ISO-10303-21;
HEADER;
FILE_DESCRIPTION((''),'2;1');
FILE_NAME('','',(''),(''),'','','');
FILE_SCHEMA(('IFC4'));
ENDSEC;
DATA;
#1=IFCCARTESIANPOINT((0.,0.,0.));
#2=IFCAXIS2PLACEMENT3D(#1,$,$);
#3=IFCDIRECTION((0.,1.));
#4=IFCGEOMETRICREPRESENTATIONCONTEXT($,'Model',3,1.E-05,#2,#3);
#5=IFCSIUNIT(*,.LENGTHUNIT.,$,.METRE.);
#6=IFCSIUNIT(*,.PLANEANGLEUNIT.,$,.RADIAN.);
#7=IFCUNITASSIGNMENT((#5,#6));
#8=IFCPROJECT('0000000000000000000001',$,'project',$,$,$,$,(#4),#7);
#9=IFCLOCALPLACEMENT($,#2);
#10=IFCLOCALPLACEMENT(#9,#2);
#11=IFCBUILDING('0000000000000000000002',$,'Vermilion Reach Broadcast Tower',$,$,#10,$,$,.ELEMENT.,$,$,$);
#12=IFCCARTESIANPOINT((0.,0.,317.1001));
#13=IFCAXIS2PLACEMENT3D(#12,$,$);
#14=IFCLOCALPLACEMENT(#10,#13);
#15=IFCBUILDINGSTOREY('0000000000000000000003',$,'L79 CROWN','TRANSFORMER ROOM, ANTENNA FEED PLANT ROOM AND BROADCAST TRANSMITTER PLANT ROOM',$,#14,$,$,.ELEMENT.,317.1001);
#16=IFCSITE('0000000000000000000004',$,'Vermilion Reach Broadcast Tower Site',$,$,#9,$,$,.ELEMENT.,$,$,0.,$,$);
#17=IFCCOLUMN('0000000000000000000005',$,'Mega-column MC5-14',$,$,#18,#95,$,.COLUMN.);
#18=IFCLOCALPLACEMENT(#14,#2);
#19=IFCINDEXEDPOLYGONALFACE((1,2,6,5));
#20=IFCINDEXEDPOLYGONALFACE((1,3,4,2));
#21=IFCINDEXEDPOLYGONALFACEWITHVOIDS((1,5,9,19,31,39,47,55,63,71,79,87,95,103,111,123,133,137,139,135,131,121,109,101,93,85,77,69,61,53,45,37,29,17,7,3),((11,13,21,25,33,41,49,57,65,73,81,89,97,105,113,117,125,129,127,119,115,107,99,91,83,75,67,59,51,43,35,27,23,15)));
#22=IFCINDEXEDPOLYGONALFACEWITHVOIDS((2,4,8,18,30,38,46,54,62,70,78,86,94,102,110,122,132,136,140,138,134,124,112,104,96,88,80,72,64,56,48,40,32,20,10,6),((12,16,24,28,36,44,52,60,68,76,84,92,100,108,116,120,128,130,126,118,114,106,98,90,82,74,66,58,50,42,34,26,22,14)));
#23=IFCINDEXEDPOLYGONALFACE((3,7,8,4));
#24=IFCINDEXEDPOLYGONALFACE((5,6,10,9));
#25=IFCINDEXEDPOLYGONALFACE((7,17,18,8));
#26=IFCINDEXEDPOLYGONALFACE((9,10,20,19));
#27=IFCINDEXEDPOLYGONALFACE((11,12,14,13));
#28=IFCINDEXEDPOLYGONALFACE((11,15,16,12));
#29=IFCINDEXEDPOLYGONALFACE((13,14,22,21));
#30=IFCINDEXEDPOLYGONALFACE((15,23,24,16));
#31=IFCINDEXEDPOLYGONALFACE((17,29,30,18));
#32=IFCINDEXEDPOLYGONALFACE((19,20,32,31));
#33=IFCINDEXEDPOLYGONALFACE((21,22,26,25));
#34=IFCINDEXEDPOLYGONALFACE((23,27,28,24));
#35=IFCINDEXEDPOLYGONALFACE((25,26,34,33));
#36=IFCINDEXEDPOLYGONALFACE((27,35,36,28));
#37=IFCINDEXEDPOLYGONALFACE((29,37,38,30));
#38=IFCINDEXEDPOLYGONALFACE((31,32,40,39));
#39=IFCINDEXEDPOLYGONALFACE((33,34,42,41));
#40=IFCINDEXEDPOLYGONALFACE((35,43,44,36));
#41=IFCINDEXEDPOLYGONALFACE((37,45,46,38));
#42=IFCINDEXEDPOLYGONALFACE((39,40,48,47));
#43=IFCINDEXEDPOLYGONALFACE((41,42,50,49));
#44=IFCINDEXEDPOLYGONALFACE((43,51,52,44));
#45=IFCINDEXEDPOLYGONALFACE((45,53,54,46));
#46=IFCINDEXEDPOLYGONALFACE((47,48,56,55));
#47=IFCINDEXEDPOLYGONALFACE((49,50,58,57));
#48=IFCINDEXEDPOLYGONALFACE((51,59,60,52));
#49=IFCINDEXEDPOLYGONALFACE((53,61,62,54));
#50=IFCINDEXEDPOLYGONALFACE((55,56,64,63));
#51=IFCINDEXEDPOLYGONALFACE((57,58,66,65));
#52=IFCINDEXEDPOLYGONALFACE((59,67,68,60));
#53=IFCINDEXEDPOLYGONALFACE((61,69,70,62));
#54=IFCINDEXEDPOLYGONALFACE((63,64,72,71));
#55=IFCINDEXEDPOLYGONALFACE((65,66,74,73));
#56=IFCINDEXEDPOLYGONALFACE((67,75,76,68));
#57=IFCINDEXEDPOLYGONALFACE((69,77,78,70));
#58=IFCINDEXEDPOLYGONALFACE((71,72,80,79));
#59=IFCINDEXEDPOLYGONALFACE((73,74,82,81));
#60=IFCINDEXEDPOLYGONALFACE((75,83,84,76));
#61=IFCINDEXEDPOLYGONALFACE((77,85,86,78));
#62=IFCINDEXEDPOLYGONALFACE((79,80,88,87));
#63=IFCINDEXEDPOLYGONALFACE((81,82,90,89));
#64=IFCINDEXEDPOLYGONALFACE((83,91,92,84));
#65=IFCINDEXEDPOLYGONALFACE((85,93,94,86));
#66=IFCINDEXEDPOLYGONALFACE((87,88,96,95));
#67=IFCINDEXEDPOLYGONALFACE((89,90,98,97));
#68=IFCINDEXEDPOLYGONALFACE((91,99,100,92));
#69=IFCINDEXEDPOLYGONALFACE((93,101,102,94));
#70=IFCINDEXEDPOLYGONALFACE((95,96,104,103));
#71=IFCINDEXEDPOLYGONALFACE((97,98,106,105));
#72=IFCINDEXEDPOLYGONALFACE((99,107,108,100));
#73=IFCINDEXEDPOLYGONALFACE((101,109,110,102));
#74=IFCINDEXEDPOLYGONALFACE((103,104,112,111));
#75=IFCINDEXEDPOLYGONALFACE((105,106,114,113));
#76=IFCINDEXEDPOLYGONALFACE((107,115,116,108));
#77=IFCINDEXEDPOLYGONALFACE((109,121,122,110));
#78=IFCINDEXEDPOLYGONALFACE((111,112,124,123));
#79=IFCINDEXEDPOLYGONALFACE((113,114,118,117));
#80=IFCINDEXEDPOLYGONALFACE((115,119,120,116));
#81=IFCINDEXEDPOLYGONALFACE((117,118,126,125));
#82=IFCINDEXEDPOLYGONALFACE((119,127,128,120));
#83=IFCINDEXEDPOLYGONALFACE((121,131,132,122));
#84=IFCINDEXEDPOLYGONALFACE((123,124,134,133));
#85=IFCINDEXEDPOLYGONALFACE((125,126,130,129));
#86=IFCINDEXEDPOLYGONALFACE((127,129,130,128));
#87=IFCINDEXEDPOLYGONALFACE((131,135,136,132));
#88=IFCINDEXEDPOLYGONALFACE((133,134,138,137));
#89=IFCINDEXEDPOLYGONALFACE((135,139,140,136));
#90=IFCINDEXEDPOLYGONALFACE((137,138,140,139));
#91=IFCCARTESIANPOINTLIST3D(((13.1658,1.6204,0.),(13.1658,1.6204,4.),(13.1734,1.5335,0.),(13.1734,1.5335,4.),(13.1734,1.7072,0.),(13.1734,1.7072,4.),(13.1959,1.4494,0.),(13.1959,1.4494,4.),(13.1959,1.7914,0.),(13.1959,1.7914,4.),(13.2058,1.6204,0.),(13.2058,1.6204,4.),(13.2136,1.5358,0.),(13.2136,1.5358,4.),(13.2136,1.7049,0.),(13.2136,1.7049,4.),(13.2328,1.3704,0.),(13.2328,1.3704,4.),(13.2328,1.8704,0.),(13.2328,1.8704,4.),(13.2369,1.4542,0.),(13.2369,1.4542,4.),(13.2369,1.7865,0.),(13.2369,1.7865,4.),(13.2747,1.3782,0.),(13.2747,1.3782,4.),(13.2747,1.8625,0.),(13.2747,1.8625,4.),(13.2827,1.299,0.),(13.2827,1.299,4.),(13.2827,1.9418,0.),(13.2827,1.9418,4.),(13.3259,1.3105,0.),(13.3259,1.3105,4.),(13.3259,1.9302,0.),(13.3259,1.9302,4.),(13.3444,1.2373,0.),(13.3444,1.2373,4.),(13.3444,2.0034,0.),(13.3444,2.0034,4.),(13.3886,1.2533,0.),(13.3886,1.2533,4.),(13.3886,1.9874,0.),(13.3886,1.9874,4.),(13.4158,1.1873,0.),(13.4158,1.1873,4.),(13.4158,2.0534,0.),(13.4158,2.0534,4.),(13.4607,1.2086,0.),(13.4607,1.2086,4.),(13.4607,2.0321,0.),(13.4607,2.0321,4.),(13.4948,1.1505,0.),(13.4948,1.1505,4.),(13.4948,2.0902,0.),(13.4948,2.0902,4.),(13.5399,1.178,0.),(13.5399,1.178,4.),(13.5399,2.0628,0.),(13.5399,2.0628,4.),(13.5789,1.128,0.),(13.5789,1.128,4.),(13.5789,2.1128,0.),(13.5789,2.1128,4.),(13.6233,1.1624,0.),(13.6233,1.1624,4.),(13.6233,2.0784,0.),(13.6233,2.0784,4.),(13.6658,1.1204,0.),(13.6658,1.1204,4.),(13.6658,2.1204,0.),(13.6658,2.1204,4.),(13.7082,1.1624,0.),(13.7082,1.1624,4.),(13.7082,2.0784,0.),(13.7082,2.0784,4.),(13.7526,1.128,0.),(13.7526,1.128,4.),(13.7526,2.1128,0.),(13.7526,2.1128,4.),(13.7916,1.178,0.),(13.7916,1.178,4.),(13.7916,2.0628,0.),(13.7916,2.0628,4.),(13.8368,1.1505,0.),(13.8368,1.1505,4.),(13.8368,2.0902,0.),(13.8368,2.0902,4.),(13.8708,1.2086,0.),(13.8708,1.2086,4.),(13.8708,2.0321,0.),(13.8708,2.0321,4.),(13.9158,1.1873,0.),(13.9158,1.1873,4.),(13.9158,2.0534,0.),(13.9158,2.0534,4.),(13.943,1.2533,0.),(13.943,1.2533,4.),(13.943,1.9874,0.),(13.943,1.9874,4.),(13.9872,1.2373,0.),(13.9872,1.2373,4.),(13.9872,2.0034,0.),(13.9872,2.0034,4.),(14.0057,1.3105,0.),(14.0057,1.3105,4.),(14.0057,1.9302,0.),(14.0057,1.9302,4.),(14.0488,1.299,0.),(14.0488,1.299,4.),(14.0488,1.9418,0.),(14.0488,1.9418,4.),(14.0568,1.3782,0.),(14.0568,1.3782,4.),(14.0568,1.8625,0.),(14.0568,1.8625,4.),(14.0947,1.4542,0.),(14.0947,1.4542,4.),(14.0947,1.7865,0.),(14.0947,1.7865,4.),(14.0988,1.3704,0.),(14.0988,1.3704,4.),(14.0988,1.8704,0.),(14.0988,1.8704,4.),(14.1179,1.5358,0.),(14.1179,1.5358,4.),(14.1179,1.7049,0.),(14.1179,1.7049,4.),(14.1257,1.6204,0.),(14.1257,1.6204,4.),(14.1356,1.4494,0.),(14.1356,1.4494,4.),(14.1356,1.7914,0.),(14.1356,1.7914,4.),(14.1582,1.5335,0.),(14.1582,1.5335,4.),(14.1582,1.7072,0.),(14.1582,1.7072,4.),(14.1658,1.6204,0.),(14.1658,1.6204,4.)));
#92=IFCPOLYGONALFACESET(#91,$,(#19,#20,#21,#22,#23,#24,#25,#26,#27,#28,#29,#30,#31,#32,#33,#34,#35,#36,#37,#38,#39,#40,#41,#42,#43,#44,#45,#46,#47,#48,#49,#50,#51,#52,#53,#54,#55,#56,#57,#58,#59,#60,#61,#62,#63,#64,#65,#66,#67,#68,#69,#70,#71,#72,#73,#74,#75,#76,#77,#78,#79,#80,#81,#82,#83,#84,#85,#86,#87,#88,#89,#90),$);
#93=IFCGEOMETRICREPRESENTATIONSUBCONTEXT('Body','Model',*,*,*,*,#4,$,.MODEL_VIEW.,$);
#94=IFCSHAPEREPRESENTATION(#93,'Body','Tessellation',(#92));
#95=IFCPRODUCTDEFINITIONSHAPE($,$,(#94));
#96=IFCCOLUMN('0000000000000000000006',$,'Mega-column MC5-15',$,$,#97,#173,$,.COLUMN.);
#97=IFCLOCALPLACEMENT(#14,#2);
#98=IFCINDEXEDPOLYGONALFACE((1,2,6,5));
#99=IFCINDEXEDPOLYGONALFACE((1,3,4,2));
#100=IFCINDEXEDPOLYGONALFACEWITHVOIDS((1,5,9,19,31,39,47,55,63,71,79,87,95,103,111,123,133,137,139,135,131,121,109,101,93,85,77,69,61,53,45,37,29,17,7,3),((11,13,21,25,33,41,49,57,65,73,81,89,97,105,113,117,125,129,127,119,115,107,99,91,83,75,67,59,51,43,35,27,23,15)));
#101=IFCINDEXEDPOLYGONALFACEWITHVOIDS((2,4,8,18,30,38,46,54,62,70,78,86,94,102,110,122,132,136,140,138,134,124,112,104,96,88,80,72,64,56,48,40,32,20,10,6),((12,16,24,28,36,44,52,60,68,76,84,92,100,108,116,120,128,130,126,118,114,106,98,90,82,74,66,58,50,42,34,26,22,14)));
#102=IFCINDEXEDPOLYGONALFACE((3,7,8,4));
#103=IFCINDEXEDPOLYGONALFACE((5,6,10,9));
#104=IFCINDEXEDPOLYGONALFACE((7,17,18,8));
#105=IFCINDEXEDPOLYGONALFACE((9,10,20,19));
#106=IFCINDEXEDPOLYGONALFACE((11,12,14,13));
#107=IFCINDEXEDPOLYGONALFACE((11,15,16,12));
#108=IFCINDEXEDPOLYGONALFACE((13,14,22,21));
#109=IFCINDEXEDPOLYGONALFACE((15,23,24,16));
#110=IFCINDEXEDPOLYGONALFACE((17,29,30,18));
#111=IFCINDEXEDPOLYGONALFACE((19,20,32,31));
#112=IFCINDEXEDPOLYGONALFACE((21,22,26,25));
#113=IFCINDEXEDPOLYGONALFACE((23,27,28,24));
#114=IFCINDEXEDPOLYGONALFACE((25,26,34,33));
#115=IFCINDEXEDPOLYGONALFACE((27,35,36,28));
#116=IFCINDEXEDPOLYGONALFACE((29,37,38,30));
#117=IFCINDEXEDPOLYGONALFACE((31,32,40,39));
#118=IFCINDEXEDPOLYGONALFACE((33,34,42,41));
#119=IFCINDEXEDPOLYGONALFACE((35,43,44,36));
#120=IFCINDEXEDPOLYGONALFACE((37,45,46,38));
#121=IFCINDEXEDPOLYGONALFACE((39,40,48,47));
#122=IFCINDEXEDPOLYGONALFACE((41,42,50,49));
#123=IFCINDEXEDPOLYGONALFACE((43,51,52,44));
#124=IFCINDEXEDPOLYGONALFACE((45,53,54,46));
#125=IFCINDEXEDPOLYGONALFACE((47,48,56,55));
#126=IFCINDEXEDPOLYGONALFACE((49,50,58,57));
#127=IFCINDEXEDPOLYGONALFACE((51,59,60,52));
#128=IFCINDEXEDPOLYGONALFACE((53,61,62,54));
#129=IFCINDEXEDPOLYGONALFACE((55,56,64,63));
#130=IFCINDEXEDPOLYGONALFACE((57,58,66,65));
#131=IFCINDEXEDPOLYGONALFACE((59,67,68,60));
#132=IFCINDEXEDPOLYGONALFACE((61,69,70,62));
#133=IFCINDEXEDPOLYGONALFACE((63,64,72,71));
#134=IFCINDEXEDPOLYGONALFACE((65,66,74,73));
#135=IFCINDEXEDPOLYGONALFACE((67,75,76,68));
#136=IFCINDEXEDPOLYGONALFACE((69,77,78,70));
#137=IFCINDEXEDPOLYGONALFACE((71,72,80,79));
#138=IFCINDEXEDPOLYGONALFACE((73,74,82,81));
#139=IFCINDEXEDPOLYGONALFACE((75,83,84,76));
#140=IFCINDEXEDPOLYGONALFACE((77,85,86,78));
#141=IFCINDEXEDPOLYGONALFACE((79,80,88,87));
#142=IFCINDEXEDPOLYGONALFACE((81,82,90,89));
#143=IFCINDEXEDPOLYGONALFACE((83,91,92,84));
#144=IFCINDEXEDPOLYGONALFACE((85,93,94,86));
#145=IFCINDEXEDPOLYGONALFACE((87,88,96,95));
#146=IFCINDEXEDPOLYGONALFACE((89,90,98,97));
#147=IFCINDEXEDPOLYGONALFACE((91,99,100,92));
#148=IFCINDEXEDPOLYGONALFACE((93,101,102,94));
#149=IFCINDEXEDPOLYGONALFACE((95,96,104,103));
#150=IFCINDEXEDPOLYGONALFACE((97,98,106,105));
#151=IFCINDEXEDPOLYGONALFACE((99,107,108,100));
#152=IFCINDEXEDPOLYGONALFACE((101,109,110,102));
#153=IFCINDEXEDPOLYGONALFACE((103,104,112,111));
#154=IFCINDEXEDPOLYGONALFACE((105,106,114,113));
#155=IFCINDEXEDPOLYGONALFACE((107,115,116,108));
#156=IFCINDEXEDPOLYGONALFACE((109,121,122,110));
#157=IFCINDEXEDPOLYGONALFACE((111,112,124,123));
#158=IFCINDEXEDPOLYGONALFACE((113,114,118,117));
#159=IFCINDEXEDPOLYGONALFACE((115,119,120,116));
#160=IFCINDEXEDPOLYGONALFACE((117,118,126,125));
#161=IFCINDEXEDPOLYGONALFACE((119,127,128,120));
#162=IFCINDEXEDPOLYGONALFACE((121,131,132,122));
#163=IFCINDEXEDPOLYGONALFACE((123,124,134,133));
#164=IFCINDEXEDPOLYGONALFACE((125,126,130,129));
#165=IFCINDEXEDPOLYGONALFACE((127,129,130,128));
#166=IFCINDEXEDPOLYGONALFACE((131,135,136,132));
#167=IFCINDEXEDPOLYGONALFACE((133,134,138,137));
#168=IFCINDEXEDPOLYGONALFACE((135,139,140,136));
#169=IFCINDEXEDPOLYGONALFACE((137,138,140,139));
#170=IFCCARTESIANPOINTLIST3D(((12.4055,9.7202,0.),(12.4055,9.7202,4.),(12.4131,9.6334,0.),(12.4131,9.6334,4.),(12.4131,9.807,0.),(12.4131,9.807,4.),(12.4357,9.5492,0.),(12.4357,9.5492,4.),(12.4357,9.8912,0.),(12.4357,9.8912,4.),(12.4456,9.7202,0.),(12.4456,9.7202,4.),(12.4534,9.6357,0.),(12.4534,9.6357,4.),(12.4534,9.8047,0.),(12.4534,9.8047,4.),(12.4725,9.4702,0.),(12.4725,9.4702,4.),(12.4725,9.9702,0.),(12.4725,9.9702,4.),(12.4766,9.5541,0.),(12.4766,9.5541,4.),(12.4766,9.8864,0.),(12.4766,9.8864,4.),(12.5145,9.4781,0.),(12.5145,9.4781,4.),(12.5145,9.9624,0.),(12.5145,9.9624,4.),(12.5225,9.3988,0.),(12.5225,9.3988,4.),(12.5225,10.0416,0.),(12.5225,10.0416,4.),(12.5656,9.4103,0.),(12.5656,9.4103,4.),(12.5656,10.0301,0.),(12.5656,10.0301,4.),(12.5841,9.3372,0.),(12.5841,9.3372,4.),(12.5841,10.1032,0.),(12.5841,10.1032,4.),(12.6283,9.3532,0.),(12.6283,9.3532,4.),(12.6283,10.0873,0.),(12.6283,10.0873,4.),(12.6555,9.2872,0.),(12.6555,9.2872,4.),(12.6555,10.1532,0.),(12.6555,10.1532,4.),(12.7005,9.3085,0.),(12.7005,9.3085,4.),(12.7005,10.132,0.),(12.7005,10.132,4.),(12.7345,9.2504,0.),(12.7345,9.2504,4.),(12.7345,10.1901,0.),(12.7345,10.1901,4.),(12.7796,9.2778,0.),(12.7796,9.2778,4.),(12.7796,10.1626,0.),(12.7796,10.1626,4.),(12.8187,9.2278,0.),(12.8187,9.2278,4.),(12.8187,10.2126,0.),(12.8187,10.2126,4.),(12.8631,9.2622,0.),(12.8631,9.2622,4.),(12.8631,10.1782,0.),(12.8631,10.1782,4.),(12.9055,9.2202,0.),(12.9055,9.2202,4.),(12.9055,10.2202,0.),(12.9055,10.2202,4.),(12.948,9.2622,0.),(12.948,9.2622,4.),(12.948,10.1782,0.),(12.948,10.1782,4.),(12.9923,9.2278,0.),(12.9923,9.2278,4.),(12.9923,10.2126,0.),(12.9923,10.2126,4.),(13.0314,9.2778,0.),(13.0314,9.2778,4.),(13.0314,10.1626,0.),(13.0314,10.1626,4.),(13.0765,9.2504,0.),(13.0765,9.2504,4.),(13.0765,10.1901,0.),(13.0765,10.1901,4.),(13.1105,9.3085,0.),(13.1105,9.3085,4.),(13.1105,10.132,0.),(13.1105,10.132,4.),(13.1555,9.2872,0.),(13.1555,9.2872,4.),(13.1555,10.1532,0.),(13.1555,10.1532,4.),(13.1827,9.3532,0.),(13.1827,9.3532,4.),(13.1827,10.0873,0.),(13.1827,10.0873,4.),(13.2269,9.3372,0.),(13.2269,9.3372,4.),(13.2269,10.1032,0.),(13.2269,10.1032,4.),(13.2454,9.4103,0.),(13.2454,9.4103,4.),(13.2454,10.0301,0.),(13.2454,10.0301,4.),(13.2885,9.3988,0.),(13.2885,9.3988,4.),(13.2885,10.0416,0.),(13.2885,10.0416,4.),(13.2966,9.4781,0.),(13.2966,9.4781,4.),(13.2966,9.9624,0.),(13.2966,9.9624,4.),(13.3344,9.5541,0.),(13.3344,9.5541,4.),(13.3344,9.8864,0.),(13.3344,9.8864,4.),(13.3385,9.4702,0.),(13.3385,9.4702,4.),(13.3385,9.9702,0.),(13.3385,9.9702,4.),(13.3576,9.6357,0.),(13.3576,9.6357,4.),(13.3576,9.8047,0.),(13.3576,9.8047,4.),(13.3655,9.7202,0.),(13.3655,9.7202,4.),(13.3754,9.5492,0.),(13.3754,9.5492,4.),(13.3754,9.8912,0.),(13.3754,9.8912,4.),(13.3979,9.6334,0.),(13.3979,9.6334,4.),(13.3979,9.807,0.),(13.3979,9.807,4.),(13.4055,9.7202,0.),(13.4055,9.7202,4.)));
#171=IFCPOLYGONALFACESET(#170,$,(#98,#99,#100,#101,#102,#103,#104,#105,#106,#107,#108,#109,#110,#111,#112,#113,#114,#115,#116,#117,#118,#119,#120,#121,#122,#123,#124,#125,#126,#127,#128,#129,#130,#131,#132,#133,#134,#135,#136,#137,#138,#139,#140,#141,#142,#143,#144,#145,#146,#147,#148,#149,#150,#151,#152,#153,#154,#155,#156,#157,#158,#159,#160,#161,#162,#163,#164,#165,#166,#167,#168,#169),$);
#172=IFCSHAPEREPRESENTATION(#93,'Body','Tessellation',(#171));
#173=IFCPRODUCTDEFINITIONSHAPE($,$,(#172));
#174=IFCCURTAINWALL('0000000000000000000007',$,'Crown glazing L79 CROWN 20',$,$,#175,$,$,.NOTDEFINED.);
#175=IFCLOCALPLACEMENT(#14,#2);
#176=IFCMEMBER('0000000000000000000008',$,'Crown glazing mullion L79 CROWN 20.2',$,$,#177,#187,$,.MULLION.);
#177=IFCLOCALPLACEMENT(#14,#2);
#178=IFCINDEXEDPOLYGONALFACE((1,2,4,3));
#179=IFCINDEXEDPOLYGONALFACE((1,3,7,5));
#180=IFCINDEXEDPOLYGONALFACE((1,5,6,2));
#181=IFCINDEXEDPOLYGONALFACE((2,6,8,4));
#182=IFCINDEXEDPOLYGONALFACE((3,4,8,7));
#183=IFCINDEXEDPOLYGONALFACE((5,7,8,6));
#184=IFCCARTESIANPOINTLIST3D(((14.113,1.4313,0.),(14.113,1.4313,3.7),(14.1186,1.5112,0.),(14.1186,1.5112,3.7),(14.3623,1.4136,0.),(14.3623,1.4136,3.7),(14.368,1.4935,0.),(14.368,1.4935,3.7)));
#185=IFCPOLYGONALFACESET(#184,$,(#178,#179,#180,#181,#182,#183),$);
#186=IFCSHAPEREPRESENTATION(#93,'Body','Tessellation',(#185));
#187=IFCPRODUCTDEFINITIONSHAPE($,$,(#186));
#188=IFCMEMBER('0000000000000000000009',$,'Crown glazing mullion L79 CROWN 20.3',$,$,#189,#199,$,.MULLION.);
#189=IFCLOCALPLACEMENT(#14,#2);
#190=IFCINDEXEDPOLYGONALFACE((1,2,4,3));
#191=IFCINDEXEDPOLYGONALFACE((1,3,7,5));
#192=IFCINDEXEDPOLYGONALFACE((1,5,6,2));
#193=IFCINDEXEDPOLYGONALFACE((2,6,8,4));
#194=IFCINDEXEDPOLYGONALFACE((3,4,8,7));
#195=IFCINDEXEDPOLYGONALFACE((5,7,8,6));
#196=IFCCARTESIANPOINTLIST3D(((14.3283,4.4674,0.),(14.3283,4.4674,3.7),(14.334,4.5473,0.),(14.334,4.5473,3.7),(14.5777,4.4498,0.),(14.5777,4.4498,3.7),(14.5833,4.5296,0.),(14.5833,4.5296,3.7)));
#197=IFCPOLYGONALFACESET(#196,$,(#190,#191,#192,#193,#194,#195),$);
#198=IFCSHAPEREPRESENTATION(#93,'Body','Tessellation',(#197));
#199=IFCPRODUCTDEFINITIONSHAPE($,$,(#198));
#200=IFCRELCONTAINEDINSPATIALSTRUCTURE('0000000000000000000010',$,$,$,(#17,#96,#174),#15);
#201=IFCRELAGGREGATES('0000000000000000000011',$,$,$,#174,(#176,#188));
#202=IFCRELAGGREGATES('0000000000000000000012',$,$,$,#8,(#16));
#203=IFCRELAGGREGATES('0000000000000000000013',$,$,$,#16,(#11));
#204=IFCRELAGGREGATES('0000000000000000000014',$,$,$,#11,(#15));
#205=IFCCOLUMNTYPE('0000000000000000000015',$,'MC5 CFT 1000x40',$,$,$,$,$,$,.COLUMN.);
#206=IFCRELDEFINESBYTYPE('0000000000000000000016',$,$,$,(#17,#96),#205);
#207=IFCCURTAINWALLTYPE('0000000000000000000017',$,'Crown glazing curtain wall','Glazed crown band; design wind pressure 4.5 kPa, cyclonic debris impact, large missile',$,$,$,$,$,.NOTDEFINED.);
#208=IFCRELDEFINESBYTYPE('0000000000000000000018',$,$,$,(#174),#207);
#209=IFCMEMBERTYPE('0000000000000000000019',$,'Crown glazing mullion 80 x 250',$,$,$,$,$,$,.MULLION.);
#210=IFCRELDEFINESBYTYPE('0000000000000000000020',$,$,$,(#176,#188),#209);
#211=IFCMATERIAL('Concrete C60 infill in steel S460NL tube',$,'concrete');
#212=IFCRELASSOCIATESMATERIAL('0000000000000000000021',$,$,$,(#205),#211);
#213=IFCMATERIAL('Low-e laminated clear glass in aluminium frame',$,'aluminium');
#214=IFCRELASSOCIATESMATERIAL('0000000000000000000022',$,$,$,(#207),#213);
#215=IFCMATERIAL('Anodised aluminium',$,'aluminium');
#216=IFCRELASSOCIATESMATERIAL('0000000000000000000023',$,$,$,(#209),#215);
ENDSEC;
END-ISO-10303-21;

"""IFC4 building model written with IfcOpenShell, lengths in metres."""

from ifc_helpers import new_model, si_unit, direction, frame, origin, origin_2d, place, context, subcontext, project, spatial, rectangle, hollow_circle, extrude, material, material_profile, profile_set, type_object, element, aggregate, save


model = new_model("IFC4")

# Units and contexts
model_context = context("Model", 3, precision=1e-05, world=origin(), true_north=direction((0.0, 1.0)))
body_context = subcontext(model_context, "Body", "Model", "MODEL_VIEW")
ifc_project = project(units=[si_unit("LENGTHUNIT", "METRE"), si_unit("PLANEANGLEUNIT", "RADIAN")], contexts=[model_context])

# Site, building, storey
site_placement = place(None, origin())
site = spatial("IfcSite", under=ifc_project, at=site_placement, Name="Vermilion Reach Broadcast Tower Site", CompositionType="ELEMENT", RefElevation=0.0)
building_placement = place(site_placement, origin())
building = spatial("IfcBuilding", under=site, at=building_placement, Name="Vermilion Reach Broadcast Tower", CompositionType="ELEMENT")
storey_placement = place(building_placement, frame((0.0, 0.0, 317.1001)))
storey = spatial("IfcBuildingStorey", under=building, at=storey_placement, Name="L79 CROWN", Description="TRANSFORMER ROOM, ANTENNA FEED PLANT ROOM AND BROADCAST TRANSMITTER PLANT ROOM", CompositionType="ELEMENT", Elevation=317.1001)

# Columns
ifc_material_1 = material(Name="Concrete C60 infill in steel S460NL tube", Category="concrete")
ifc_material_profile_1 = material_profile(ifc_material_1, hollow_circle(Radius=0.5, WallThickness=0.04, at=origin_2d()), Name="Concrete C60 infill in steel S460NL tube CFT 1000x40")
ifc_profile_set_1 = profile_set([ifc_material_profile_1], Name="Concrete C60 infill in steel S460NL tube")
column_type = type_object("IfcColumnType", Name="MC5 CFT 1000x40", PredefinedType="COLUMN", material=ifc_profile_set_1)
for number, where, z_axis, x_axis, name in (
    (1, (13.6658, 1.6204, 0.0), (0.0, 0.0, 1.0), (1.0, 0.0, 0.0), "Mega-column MC5-14"),
    (2, (12.9055, 9.7202, 0.0), (0.0, 0.0, 1.0), (1.0, 0.0, 0.0), "Mega-column MC5-15"),
):
    element("IfcColumn", number, at=place(storey_placement, frame(where, z_axis=z_axis, x_axis=x_axis)), inside=storey, type_object=column_type, Name=name, PredefinedType="COLUMN", context=body_context, shape_type="SweptSolid", body=[
        extrude(hollow_circle(Radius=0.5, WallThickness=0.04, at=origin_2d()), origin(), (0.0, 0.0, 1.0), 4.0),
    ])

# Curtain wall, members
ifc_material_2 = material(Name="Low-e laminated clear glass in aluminium frame", Category="aluminium")
curtain_wall_type = type_object("IfcCurtainWallType", Name="Crown glazing curtain wall", Description="Glazed crown band; design wind pressure 4.5 kPa, cyclonic debris impact, large missile", PredefinedType="NOTDEFINED", material=ifc_material_2)
placement = place(storey_placement, origin())
curtain_wall_1 = element("IfcCurtainWall", 3, at=placement, inside=storey, type_object=curtain_wall_type, Name="Crown glazing L79 CROWN 20", PredefinedType="NOTDEFINED")
ifc_material_3 = material(Name="Anodised aluminium", Category="aluminium")
ifc_material_profile_2 = material_profile(ifc_material_3, rectangle(XDim=0.25, YDim=0.0801, at=origin_2d()), Name="Crown glazing mullion 80 x 250")
ifc_profile_set_2 = profile_set([ifc_material_profile_2], Name="Anodised aluminium")
member_type_1 = type_object("IfcMemberType", Name="Crown glazing mullion 80 x 250", PredefinedType="MULLION", material=ifc_profile_set_2)
member_1_placement = place(storey_placement, frame((14.2405, 1.4624, 0.0), z_axis=(0.0, 0.0, 1.0), x_axis=(-0.9975, 0.070673, 0.0)))
member_1 = element("IfcMember", 4, at=member_1_placement, type_object=member_type_1, Name="Crown glazing mullion L79 CROWN 20.2", PredefinedType="MULLION", context=body_context, shape_type="SweptSolid", body=[
    extrude(rectangle(XDim=0.25, YDim=0.0801, at=origin_2d()), origin(), (0.0, 0.0, 1.0), 3.7),
])
member_2_placement = place(storey_placement, frame((14.4558, 4.4985, 0.0), z_axis=(0.0, 0.0, 1.0), x_axis=(-0.9975, 0.070673, 0.0)))
member_2 = element("IfcMember", 5, at=member_2_placement, type_object=member_type_1, Name="Crown glazing mullion L79 CROWN 20.3", PredefinedType="MULLION", context=body_context, shape_type="SweptSolid", body=[
    extrude(rectangle(XDim=0.25, YDim=0.0801, at=origin_2d()), origin(), (0.0, 0.0, 1.0), 3.7),
])

aggregate(curtain_wall_1, [member_1, member_2])

save(model, "model.ifc")
